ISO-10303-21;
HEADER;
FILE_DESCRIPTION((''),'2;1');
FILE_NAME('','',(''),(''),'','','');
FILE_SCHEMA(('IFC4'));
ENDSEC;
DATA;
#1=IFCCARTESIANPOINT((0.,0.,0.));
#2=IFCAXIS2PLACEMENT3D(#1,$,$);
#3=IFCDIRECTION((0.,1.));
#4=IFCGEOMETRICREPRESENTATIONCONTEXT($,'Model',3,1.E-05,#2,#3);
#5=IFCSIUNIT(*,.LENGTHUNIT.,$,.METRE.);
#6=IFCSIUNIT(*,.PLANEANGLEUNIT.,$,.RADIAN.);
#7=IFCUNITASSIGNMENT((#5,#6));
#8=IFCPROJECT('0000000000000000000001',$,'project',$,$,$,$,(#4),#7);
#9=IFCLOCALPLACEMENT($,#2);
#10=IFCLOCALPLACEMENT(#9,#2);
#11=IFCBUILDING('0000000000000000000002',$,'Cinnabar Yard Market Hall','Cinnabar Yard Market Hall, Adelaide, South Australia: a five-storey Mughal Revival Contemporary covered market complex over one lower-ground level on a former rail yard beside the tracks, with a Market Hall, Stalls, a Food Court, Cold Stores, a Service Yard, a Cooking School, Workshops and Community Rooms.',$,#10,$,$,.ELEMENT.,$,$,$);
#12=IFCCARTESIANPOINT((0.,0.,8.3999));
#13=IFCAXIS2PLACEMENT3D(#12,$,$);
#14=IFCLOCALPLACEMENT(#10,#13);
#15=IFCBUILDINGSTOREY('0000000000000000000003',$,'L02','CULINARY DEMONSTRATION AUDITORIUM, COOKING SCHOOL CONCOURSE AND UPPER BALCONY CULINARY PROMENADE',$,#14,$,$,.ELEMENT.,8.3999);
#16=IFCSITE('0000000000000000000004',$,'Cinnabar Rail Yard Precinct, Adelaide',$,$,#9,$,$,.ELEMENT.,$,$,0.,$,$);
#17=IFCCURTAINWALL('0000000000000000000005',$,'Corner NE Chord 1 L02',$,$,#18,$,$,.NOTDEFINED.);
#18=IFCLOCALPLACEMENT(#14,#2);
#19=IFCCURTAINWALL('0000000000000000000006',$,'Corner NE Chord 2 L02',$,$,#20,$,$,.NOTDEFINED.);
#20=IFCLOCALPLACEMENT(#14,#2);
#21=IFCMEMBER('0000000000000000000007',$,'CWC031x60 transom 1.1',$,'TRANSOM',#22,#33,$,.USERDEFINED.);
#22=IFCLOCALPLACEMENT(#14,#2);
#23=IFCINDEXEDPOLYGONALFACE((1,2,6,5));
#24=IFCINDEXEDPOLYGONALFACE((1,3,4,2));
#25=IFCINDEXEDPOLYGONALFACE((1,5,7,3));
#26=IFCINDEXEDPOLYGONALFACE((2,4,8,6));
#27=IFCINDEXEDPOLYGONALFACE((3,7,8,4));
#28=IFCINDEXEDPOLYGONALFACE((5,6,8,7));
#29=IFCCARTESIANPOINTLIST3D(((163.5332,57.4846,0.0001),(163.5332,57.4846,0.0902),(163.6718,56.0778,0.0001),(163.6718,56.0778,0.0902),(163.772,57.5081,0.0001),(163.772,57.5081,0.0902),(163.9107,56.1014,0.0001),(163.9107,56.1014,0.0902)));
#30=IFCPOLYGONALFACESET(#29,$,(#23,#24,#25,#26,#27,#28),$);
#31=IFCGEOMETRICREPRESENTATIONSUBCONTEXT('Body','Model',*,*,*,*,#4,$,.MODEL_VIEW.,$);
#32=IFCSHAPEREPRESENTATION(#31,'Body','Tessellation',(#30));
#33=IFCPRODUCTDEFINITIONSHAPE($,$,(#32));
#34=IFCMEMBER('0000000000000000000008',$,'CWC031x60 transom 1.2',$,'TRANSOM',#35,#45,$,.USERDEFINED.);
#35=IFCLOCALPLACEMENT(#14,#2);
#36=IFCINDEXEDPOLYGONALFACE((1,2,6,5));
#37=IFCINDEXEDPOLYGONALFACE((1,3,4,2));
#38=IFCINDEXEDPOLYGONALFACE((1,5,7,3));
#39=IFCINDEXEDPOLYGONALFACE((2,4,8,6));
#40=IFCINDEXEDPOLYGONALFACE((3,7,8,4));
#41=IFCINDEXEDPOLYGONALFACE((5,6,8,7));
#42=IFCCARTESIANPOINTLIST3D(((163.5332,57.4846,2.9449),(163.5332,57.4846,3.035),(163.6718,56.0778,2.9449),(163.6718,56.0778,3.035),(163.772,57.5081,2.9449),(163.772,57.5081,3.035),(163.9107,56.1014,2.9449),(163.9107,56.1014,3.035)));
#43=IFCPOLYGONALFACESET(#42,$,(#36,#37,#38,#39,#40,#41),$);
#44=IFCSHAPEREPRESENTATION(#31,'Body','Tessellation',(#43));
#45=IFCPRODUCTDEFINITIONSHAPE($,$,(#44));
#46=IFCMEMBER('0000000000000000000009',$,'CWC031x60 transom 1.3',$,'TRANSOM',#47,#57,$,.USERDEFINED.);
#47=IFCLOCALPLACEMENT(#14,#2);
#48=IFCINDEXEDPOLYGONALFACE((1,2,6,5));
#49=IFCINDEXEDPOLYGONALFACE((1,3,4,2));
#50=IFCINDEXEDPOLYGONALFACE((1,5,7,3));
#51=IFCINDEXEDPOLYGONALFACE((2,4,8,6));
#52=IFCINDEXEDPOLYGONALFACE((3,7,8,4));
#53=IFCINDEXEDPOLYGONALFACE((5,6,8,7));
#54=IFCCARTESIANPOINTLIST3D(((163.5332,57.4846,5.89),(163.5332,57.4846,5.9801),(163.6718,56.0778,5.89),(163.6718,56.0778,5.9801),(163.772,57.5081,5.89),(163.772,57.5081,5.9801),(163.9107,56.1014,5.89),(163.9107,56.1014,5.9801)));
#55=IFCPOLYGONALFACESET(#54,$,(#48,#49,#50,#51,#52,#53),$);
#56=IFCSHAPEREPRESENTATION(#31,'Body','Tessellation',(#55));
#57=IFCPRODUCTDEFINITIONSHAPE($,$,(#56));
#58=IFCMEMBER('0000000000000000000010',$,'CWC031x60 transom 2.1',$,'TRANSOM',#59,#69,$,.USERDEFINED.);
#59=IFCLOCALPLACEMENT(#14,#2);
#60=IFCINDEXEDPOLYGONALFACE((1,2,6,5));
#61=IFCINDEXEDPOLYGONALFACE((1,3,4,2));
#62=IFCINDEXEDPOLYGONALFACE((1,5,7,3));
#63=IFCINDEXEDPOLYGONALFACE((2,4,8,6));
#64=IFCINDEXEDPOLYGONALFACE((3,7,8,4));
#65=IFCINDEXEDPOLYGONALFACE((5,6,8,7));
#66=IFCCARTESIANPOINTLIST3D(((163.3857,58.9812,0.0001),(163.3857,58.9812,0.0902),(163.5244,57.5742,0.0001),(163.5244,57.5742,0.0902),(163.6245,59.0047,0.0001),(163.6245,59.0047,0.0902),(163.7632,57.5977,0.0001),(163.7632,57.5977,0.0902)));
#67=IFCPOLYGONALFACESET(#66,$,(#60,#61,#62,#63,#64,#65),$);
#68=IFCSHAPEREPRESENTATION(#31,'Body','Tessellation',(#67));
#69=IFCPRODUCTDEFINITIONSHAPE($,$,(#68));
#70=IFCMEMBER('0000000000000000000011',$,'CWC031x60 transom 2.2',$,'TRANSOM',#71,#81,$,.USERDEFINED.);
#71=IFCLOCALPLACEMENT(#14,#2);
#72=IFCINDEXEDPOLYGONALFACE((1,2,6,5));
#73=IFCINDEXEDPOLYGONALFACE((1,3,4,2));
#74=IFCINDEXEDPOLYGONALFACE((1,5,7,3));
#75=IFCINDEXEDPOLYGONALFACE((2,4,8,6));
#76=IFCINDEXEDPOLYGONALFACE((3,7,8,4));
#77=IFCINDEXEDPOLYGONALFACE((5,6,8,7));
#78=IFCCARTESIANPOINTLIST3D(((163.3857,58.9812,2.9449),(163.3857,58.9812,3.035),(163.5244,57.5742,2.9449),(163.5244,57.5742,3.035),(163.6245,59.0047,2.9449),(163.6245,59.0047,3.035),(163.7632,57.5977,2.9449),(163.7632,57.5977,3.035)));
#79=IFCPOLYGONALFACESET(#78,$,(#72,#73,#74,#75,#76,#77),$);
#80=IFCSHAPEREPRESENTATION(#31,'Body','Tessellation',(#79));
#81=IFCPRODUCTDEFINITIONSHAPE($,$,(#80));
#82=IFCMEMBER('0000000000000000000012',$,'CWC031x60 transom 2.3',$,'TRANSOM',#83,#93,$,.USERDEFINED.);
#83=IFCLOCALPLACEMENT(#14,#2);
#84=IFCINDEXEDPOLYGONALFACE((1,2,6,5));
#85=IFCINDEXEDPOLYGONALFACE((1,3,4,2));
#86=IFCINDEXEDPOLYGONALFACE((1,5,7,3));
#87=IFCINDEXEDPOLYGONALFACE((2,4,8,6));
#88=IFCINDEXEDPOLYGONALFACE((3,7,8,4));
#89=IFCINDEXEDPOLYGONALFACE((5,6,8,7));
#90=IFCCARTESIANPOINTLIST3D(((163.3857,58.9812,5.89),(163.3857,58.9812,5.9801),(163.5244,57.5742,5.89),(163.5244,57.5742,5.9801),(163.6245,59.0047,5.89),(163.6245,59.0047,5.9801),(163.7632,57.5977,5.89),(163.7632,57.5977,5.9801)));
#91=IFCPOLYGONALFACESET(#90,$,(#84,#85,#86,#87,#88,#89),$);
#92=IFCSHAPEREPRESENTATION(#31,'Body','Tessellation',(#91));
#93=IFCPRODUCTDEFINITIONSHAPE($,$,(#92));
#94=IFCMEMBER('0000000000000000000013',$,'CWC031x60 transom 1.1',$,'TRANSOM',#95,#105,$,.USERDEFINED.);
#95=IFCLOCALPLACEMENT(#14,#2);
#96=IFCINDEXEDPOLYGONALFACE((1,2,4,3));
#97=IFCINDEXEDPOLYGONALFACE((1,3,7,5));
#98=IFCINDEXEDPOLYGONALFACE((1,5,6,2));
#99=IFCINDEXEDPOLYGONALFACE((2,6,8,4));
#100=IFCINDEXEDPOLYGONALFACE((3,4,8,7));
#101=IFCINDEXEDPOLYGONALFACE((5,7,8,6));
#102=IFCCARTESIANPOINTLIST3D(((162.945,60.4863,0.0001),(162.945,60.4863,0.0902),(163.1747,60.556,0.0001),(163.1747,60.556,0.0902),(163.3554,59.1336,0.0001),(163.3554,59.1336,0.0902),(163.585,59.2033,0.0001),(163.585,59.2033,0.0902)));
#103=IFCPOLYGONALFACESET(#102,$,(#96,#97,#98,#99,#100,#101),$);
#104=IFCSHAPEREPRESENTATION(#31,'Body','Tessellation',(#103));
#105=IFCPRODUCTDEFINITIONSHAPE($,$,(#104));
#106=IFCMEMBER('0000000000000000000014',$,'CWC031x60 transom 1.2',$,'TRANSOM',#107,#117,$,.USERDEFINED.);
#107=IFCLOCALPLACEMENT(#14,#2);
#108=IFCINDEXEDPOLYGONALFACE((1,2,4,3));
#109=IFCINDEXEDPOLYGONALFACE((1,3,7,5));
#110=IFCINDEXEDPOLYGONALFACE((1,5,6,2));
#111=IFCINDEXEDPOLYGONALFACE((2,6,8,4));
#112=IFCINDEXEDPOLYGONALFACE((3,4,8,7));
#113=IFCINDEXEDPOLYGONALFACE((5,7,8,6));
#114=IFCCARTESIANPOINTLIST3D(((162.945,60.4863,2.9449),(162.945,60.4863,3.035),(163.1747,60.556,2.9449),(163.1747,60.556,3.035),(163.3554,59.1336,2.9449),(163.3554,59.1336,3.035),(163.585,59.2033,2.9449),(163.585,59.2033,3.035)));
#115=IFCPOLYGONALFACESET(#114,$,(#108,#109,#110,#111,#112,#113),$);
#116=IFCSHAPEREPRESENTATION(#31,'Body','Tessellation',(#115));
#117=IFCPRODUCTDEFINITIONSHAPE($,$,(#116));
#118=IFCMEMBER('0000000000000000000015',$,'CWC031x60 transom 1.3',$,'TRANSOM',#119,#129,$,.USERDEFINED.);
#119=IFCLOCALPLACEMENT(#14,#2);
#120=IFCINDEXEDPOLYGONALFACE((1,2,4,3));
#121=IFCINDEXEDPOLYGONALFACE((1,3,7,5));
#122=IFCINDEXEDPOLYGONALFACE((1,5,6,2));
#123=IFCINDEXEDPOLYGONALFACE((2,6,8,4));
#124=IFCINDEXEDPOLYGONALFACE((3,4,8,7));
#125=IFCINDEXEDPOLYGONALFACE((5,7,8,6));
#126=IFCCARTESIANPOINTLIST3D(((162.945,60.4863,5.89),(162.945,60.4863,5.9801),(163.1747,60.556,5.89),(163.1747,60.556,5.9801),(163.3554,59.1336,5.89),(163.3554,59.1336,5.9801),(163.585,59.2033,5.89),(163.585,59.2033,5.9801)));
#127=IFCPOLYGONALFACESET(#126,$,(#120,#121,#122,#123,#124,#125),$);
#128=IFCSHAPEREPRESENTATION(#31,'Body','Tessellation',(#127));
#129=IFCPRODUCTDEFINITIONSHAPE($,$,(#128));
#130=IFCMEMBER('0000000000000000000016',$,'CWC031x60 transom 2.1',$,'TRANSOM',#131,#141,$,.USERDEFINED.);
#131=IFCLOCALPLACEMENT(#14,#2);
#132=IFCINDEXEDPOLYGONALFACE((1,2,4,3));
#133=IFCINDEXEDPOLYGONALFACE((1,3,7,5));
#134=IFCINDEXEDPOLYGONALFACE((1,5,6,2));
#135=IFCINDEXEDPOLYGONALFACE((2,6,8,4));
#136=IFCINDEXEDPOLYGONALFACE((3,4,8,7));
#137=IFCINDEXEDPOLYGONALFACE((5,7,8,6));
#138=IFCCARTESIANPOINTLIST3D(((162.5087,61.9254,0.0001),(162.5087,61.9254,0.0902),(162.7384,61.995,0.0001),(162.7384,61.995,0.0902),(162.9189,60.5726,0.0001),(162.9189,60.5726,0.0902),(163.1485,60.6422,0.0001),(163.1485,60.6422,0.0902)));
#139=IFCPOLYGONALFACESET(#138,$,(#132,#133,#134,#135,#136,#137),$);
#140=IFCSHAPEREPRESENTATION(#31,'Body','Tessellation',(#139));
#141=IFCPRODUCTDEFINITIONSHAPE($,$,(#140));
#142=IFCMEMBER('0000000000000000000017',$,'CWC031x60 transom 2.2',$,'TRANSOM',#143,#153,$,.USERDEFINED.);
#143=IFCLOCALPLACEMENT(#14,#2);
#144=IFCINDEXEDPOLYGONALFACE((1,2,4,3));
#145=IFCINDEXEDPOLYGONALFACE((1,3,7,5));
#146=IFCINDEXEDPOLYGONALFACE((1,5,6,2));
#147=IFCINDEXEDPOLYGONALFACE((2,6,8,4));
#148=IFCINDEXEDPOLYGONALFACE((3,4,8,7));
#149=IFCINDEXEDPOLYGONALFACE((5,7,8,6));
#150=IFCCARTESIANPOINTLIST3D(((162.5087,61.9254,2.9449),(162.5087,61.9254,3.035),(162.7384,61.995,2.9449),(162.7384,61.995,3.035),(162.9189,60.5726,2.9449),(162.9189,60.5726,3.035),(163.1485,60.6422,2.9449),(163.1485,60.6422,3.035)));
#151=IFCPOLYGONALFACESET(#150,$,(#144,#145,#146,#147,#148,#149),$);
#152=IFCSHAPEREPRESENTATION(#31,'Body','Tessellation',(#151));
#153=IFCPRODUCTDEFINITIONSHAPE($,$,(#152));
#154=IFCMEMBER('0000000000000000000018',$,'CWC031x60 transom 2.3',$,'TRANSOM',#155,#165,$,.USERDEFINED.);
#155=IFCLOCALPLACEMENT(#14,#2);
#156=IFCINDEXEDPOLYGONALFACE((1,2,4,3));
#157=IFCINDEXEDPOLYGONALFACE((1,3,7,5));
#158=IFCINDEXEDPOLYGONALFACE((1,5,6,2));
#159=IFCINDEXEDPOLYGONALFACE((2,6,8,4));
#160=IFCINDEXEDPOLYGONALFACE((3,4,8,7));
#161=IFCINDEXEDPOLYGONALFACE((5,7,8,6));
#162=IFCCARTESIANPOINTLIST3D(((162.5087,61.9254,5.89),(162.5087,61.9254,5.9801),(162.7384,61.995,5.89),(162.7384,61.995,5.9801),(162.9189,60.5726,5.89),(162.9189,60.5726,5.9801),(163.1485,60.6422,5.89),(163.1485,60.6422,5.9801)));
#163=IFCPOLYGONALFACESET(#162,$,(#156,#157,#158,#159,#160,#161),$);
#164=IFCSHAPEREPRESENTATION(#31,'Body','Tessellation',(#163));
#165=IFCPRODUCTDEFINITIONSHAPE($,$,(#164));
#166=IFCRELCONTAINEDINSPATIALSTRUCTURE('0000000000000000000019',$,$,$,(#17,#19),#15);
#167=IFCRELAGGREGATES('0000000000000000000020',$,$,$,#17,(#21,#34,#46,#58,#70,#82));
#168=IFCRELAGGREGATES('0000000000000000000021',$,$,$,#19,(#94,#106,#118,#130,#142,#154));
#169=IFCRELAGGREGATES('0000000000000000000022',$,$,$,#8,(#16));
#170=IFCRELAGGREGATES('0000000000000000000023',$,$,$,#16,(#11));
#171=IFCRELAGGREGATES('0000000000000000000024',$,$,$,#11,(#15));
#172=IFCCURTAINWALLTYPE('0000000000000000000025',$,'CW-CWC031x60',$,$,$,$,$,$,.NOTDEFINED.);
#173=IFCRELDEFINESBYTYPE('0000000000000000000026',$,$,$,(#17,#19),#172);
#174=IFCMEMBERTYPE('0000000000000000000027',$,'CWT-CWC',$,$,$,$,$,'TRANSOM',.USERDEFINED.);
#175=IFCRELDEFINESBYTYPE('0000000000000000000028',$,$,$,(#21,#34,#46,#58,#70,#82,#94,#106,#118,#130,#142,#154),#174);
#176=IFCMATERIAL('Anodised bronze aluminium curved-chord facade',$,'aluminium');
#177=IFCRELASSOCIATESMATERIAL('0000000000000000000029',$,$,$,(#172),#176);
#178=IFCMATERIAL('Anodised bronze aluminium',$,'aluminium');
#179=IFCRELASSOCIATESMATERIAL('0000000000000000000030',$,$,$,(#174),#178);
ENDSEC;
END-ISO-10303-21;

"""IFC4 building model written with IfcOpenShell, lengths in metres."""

from ifc_helpers import new_model, si_unit, direction, frame, origin, origin_2d_with_axis, place, context, subcontext, project, spatial, rectangle, extrude, material, material_profile, profile_set, type_object, element, aggregate, save


model = new_model("IFC4")

# Units and contexts
model_context = context("Model", 3, precision=1e-05, world=origin(), true_north=direction((0.0, 1.0)))
body_context = subcontext(model_context, "Body", "Model", "MODEL_VIEW")
ifc_project = project(units=[si_unit("LENGTHUNIT", "METRE"), si_unit("PLANEANGLEUNIT", "RADIAN")], contexts=[model_context])

# Site, building, storey
site_placement = place(None, origin())
site = spatial("IfcSite", under=ifc_project, at=site_placement, Name="Cinnabar Rail Yard Precinct, Adelaide", CompositionType="ELEMENT", RefElevation=0.0)
building_placement = place(site_placement, origin())
building = spatial("IfcBuilding", under=site, at=building_placement, Name="Cinnabar Yard Market Hall", Description="Cinnabar Yard Market Hall, Adelaide, South Australia: a five-storey Mughal Revival Contemporary covered market complex over one lower-ground level on a former rail yard beside the tracks, with a Market Hall, Stalls, a Food Court, Cold Stores, a Service Yard, a Cooking School, Workshops and Community Rooms.", CompositionType="ELEMENT")
storey_placement = place(building_placement, frame((0.0, 0.0, 8.3999)))
storey = spatial("IfcBuildingStorey", under=building, at=storey_placement, Name="L02", Description="CULINARY DEMONSTRATION AUDITORIUM, COOKING SCHOOL CONCOURSE AND UPPER BALCONY CULINARY PROMENADE", CompositionType="ELEMENT", Elevation=8.3999)

# Curtain walls
ifc_material_1 = material(Name="Anodised bronze aluminium curved-chord facade", Category="aluminium")
curtain_wall_type_1 = type_object("IfcCurtainWallType", Name="CW-CWC031x60", PredefinedType="NOTDEFINED", material=ifc_material_1)
curtain_wall_1_placement = place(storey_placement, origin())
curtain_wall_1 = element("IfcCurtainWall", 1, at=curtain_wall_1_placement, inside=storey, type_object=curtain_wall_type_1, Name="Corner NE Chord 1 L02", PredefinedType="NOTDEFINED")
ifc_material_2 = material(Name="Anodised bronze aluminium", Category="aluminium")
curtain_wall_2_placement = place(storey_placement, origin())
curtain_wall_2 = element("IfcCurtainWall", 2, at=curtain_wall_2_placement, inside=storey, type_object=curtain_wall_type_1, Name="Corner NE Chord 2 L02", PredefinedType="NOTDEFINED")

# Members
ifc_material_profile_1 = material_profile(ifc_material_2, rectangle(XDim=0.24, YDim=0.0901, at=origin_2d_with_axis()), Name="TRN-CWC")
ifc_profile_set_1 = profile_set([ifc_material_profile_1], Name="Anodised bronze aluminium")
member_type_1 = type_object("IfcMemberType", Name="CWT-CWC", ElementType="TRANSOM", PredefinedType="USERDEFINED", material=ifc_profile_set_1)
member_1_placement = place(storey_placement, frame((163.7913, 56.0896, 0.0452), z_axis=(-0.098101, 0.995176, 0.0), x_axis=(-0.995176, -0.098101, 0.0)))
member_1 = element("IfcMember", 3, at=member_1_placement, type_object=member_type_1, Name="CWC031x60 transom 1.1", ObjectType="TRANSOM", PredefinedType="USERDEFINED", context=body_context, shape_type="SweptSolid", body=[
    extrude(rectangle(XDim=0.24, YDim=0.0901, at=origin_2d_with_axis()), origin(), (0.0, 0.0, 1.0), 1.4136),
])
member_2_placement = place(storey_placement, frame((163.7913, 56.0896, 2.99), z_axis=(-0.098101, 0.995176, 0.0), x_axis=(-0.995176, -0.098101, 0.0)))
member_2 = element("IfcMember", 4, at=member_2_placement, type_object=member_type_1, Name="CWC031x60 transom 1.2", ObjectType="TRANSOM", PredefinedType="USERDEFINED", context=body_context, shape_type="SweptSolid", body=[
    extrude(rectangle(XDim=0.24, YDim=0.0901, at=origin_2d_with_axis()), origin(), (0.0, 0.0, 1.0), 1.4136),
])
member_3_placement = place(storey_placement, frame((163.7913, 56.0896, 5.9351), z_axis=(-0.098101, 0.995176, 0.0), x_axis=(-0.995176, -0.098101, 0.0)))
member_3 = element("IfcMember", 5, at=member_3_placement, type_object=member_type_1, Name="CWC031x60 transom 1.3", ObjectType="TRANSOM", PredefinedType="USERDEFINED", context=body_context, shape_type="SweptSolid", body=[
    extrude(rectangle(XDim=0.24, YDim=0.0901, at=origin_2d_with_axis()), origin(), (0.0, 0.0, 1.0), 1.4136),
])
member_4_placement = place(storey_placement, frame((163.6438, 57.5859, 0.0452), z_axis=(-0.098085, 0.995178, 0.0), x_axis=(-0.995178, -0.098085, 0.0)))
member_4 = element("IfcMember", 6, at=member_4_placement, type_object=member_type_1, Name="CWC031x60 transom 2.1", ObjectType="TRANSOM", PredefinedType="USERDEFINED", context=body_context, shape_type="SweptSolid", body=[
    extrude(rectangle(XDim=0.24, YDim=0.0901, at=origin_2d_with_axis()), origin(), (0.0, 0.0, 1.0), 1.4138),
])
member_5_placement = place(storey_placement, frame((163.6438, 57.5859, 2.99), z_axis=(-0.098085, 0.995178, 0.0), x_axis=(-0.995178, -0.098085, 0.0)))
member_5 = element("IfcMember", 7, at=member_5_placement, type_object=member_type_1, Name="CWC031x60 transom 2.2", ObjectType="TRANSOM", PredefinedType="USERDEFINED", context=body_context, shape_type="SweptSolid", body=[
    extrude(rectangle(XDim=0.24, YDim=0.0901, at=origin_2d_with_axis()), origin(), (0.0, 0.0, 1.0), 1.4138),
])
member_6_placement = place(storey_placement, frame((163.6438, 57.5859, 5.9351), z_axis=(-0.098085, 0.995178, 0.0), x_axis=(-0.995178, -0.098085, 0.0)))
member_6 = element("IfcMember", 8, at=member_6_placement, type_object=member_type_1, Name="CWC031x60 transom 2.3", ObjectType="TRANSOM", PredefinedType="USERDEFINED", context=body_context, shape_type="SweptSolid", body=[
    extrude(rectangle(XDim=0.24, YDim=0.0901, at=origin_2d_with_axis()), origin(), (0.0, 0.0, 1.0), 1.4138),
])
member_7_placement = place(storey_placement, frame((163.4702, 59.1685, 0.0452), z_axis=(-0.290309, 0.956933, 0.0), x_axis=(-0.956933, -0.290309, 0.0)))
member_7 = element("IfcMember", 9, at=member_7_placement, type_object=member_type_1, Name="CWC031x60 transom 1.1", ObjectType="TRANSOM", PredefinedType="USERDEFINED", context=body_context, shape_type="SweptSolid", body=[
    extrude(rectangle(XDim=0.24, YDim=0.0901, at=origin_2d_with_axis()), origin(), (0.0, 0.0, 1.0), 1.4136),
])
member_8_placement = place(storey_placement, frame((163.4702, 59.1685, 2.99), z_axis=(-0.290309, 0.956933, 0.0), x_axis=(-0.956933, -0.290309, 0.0)))
member_8 = element("IfcMember", 10, at=member_8_placement, type_object=member_type_1, Name="CWC031x60 transom 1.2", ObjectType="TRANSOM", PredefinedType="USERDEFINED", context=body_context, shape_type="SweptSolid", body=[
    extrude(rectangle(XDim=0.24, YDim=0.0901, at=origin_2d_with_axis()), origin(), (0.0, 0.0, 1.0), 1.4136),
])
member_9_placement = place(storey_placement, frame((163.4702, 59.1685, 5.9351), z_axis=(-0.290309, 0.956933, 0.0), x_axis=(-0.956933, -0.290309, 0.0)))
member_9 = element("IfcMember", 11, at=member_9_placement, type_object=member_type_1, Name="CWC031x60 transom 1.3", ObjectType="TRANSOM", PredefinedType="USERDEFINED", context=body_context, shape_type="SweptSolid", body=[
    extrude(rectangle(XDim=0.24, YDim=0.0901, at=origin_2d_with_axis()), origin(), (0.0, 0.0, 1.0), 1.4136),
])
member_10_placement = place(storey_placement, frame((163.0337, 60.6074, 0.0452), z_axis=(-0.290151, 0.956981, 0.0), x_axis=(-0.956981, -0.290151, 0.0)))
member_10 = element("IfcMember", 12, at=member_10_placement, type_object=member_type_1, Name="CWC031x60 transom 2.1", ObjectType="TRANSOM", PredefinedType="USERDEFINED", context=body_context, shape_type="SweptSolid", body=[
    extrude(rectangle(XDim=0.24, YDim=0.0901, at=origin_2d_with_axis()), origin(), (0.0, 0.0, 1.0), 1.4136),
])
member_11_placement = place(storey_placement, frame((163.0337, 60.6074, 2.99), z_axis=(-0.290151, 0.956981, 0.0), x_axis=(-0.956981, -0.290151, 0.0)))
member_11 = element("IfcMember", 13, at=member_11_placement, type_object=member_type_1, Name="CWC031x60 transom 2.2", ObjectType="TRANSOM", PredefinedType="USERDEFINED", context=body_context, shape_type="SweptSolid", body=[
    extrude(rectangle(XDim=0.24, YDim=0.0901, at=origin_2d_with_axis()), origin(), (0.0, 0.0, 1.0), 1.4136),
])
member_12_placement = place(storey_placement, frame((163.0337, 60.6074, 5.9351), z_axis=(-0.290151, 0.956981, 0.0), x_axis=(-0.956981, -0.290151, 0.0)))
member_12 = element("IfcMember", 14, at=member_12_placement, type_object=member_type_1, Name="CWC031x60 transom 2.3", ObjectType="TRANSOM", PredefinedType="USERDEFINED", context=body_context, shape_type="SweptSolid", body=[
    extrude(rectangle(XDim=0.24, YDim=0.0901, at=origin_2d_with_axis()), origin(), (0.0, 0.0, 1.0), 1.4136),
])

aggregate(curtain_wall_1, [member_1, member_2, member_3, member_4, member_5, member_6])
aggregate(curtain_wall_2, [member_7, member_8, member_9, member_10, member_11, member_12])

save(model, "model.ifc")
